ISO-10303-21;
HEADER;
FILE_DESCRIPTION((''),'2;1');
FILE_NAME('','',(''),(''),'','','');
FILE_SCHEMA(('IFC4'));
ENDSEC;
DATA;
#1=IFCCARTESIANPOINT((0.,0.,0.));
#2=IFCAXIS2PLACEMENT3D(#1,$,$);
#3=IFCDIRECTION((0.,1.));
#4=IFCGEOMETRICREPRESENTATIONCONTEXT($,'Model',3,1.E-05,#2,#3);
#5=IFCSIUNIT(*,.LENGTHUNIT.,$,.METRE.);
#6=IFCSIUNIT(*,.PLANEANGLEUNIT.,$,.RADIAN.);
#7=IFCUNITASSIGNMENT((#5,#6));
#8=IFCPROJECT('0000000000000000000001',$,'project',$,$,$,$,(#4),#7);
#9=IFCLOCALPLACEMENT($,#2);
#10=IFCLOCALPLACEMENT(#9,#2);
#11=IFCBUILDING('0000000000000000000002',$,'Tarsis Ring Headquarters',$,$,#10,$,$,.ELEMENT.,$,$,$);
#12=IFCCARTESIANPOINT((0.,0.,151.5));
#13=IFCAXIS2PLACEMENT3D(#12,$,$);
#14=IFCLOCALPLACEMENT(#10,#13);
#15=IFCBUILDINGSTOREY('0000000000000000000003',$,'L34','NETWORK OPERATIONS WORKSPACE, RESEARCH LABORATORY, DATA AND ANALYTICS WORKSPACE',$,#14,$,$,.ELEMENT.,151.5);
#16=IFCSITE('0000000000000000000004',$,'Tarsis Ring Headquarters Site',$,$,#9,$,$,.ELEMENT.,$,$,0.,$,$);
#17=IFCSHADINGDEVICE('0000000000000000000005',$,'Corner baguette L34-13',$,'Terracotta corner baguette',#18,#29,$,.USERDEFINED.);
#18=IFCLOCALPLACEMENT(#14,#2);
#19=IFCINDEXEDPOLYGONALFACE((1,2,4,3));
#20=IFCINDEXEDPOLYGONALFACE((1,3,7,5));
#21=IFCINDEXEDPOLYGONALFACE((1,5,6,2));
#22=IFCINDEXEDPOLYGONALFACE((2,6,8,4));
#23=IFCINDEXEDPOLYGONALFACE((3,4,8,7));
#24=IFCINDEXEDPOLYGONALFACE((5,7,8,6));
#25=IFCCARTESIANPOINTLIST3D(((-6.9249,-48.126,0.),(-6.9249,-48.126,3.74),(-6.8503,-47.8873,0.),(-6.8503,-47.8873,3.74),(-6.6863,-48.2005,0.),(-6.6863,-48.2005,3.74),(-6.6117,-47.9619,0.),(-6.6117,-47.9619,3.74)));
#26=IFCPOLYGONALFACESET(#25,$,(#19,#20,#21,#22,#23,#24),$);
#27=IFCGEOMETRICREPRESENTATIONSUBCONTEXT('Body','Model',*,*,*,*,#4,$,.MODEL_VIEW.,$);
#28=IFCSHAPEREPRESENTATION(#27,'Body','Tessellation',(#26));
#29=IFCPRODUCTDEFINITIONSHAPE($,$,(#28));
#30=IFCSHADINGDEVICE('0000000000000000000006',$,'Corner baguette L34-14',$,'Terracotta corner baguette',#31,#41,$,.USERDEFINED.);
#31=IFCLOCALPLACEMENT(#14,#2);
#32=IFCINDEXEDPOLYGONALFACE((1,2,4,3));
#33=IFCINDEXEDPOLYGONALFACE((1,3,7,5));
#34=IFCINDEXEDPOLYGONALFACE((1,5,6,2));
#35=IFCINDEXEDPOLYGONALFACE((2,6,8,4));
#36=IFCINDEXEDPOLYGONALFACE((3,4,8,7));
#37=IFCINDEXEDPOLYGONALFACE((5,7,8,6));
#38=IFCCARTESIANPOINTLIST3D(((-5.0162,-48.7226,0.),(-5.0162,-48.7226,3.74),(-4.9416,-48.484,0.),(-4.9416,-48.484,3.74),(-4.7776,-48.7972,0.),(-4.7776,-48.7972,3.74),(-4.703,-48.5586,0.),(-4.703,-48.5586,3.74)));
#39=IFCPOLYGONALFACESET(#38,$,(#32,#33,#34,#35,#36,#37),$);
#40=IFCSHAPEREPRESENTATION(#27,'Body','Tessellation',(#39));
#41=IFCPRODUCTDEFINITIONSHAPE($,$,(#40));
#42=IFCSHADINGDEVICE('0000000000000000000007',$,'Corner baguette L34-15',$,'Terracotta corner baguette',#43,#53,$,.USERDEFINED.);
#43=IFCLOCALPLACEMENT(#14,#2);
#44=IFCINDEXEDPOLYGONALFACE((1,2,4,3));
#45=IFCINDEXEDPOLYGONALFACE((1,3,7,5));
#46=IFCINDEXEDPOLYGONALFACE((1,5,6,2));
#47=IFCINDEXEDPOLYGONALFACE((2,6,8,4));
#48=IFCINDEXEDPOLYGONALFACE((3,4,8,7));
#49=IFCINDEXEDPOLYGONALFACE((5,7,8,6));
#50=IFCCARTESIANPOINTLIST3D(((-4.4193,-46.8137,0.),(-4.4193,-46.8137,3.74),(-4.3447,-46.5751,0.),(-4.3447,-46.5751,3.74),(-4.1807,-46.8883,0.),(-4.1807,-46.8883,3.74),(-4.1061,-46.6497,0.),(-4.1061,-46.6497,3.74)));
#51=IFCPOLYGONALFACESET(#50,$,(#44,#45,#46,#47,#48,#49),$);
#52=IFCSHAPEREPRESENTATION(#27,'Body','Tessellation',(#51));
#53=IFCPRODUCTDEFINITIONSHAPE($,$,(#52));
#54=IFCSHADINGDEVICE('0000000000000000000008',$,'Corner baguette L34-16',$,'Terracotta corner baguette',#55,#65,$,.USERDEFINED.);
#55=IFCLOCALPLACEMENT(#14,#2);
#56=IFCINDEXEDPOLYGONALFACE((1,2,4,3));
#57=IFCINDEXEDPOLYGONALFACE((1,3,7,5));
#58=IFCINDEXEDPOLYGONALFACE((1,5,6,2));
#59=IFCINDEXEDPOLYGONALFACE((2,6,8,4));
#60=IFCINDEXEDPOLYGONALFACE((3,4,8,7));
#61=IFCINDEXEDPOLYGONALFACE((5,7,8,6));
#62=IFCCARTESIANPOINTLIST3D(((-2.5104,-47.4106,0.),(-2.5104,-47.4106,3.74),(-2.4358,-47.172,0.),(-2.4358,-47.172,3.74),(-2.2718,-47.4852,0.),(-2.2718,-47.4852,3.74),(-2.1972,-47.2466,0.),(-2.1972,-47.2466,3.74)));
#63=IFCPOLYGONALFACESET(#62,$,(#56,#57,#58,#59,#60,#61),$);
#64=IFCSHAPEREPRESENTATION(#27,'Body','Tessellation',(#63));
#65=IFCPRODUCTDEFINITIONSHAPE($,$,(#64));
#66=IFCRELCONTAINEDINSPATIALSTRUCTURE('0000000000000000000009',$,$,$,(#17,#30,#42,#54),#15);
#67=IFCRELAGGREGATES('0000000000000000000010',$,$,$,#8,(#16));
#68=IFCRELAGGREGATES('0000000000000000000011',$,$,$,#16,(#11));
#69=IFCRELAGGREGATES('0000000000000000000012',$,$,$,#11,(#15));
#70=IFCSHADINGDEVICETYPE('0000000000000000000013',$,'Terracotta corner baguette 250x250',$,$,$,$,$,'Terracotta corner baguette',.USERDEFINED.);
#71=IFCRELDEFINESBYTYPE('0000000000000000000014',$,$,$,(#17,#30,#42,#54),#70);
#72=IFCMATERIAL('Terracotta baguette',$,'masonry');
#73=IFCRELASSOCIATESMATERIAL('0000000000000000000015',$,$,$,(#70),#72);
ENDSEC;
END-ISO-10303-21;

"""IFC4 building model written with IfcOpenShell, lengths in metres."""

from ifc_helpers import new_model, si_unit, direction, frame, origin, origin_2d, place, context, subcontext, project, spatial, rectangle, extrude, material, type_object, element, save


model = new_model("IFC4")

# Units and contexts
model_context = context("Model", 3, precision=1e-05, world=origin(), true_north=direction((0.0, 1.0)))
body_context = subcontext(model_context, "Body", "Model", "MODEL_VIEW")
ifc_project = project(units=[si_unit("LENGTHUNIT", "METRE"), si_unit("PLANEANGLEUNIT", "RADIAN")], contexts=[model_context])

# Site, building, storey
site_placement = place(None, origin())
site = spatial("IfcSite", under=ifc_project, at=site_placement, Name="Tarsis Ring Headquarters Site", CompositionType="ELEMENT", RefElevation=0.0)
building_placement = place(site_placement, origin())
building = spatial("IfcBuilding", under=site, at=building_placement, Name="Tarsis Ring Headquarters", CompositionType="ELEMENT")
storey_placement = place(building_placement, frame((0.0, 0.0, 151.5)))
storey = spatial("IfcBuildingStorey", under=building, at=storey_placement, Name="L34", Description="NETWORK OPERATIONS WORKSPACE, RESEARCH LABORATORY, DATA AND ANALYTICS WORKSPACE", CompositionType="ELEMENT", Elevation=151.5)

# Shading devices
ifc_material_1 = material(Name="Terracotta baguette", Category="masonry")
shading_device_type_1 = type_object("IfcShadingDeviceType", Name="Terracotta corner baguette 250x250", ElementType="Terracotta corner baguette", PredefinedType="USERDEFINED", material=ifc_material_1)
for number, where, z_axis, x_axis, name in (
    (1, (-6.7683, -48.0439, 0.0), (0.0, 0.0, 1.0), (0.298375, 0.954449, 0.0), "Corner baguette L34-13"),
    (2, (-4.8596, -48.6406, 0.0), (0.0, 0.0, 1.0), (0.954449, -0.298374, 0.0), "Corner baguette L34-14"),
    (3, (-4.2627, -46.7317, 0.0), (0.0, 0.0, 1.0), (0.298374, 0.954449, 0.0), "Corner baguette L34-15"),
    (4, (-2.3538, -47.3286, 0.0), (0.0, 0.0, 1.0), (0.954449, -0.298374, 0.0), "Corner baguette L34-16"),
):
    element("IfcShadingDevice", number, at=place(storey_placement, frame(where, z_axis=z_axis, x_axis=x_axis)), inside=storey, type_object=shading_device_type_1, Name=name, ObjectType="Terracotta corner baguette", PredefinedType="USERDEFINED", context=body_context, shape_type="SweptSolid", body=[
        extrude(rectangle(XDim=0.25, YDim=0.25, at=origin_2d()), origin(), (0.0, 0.0, 1.0), 3.74),
    ])

save(model, "model.ifc")
